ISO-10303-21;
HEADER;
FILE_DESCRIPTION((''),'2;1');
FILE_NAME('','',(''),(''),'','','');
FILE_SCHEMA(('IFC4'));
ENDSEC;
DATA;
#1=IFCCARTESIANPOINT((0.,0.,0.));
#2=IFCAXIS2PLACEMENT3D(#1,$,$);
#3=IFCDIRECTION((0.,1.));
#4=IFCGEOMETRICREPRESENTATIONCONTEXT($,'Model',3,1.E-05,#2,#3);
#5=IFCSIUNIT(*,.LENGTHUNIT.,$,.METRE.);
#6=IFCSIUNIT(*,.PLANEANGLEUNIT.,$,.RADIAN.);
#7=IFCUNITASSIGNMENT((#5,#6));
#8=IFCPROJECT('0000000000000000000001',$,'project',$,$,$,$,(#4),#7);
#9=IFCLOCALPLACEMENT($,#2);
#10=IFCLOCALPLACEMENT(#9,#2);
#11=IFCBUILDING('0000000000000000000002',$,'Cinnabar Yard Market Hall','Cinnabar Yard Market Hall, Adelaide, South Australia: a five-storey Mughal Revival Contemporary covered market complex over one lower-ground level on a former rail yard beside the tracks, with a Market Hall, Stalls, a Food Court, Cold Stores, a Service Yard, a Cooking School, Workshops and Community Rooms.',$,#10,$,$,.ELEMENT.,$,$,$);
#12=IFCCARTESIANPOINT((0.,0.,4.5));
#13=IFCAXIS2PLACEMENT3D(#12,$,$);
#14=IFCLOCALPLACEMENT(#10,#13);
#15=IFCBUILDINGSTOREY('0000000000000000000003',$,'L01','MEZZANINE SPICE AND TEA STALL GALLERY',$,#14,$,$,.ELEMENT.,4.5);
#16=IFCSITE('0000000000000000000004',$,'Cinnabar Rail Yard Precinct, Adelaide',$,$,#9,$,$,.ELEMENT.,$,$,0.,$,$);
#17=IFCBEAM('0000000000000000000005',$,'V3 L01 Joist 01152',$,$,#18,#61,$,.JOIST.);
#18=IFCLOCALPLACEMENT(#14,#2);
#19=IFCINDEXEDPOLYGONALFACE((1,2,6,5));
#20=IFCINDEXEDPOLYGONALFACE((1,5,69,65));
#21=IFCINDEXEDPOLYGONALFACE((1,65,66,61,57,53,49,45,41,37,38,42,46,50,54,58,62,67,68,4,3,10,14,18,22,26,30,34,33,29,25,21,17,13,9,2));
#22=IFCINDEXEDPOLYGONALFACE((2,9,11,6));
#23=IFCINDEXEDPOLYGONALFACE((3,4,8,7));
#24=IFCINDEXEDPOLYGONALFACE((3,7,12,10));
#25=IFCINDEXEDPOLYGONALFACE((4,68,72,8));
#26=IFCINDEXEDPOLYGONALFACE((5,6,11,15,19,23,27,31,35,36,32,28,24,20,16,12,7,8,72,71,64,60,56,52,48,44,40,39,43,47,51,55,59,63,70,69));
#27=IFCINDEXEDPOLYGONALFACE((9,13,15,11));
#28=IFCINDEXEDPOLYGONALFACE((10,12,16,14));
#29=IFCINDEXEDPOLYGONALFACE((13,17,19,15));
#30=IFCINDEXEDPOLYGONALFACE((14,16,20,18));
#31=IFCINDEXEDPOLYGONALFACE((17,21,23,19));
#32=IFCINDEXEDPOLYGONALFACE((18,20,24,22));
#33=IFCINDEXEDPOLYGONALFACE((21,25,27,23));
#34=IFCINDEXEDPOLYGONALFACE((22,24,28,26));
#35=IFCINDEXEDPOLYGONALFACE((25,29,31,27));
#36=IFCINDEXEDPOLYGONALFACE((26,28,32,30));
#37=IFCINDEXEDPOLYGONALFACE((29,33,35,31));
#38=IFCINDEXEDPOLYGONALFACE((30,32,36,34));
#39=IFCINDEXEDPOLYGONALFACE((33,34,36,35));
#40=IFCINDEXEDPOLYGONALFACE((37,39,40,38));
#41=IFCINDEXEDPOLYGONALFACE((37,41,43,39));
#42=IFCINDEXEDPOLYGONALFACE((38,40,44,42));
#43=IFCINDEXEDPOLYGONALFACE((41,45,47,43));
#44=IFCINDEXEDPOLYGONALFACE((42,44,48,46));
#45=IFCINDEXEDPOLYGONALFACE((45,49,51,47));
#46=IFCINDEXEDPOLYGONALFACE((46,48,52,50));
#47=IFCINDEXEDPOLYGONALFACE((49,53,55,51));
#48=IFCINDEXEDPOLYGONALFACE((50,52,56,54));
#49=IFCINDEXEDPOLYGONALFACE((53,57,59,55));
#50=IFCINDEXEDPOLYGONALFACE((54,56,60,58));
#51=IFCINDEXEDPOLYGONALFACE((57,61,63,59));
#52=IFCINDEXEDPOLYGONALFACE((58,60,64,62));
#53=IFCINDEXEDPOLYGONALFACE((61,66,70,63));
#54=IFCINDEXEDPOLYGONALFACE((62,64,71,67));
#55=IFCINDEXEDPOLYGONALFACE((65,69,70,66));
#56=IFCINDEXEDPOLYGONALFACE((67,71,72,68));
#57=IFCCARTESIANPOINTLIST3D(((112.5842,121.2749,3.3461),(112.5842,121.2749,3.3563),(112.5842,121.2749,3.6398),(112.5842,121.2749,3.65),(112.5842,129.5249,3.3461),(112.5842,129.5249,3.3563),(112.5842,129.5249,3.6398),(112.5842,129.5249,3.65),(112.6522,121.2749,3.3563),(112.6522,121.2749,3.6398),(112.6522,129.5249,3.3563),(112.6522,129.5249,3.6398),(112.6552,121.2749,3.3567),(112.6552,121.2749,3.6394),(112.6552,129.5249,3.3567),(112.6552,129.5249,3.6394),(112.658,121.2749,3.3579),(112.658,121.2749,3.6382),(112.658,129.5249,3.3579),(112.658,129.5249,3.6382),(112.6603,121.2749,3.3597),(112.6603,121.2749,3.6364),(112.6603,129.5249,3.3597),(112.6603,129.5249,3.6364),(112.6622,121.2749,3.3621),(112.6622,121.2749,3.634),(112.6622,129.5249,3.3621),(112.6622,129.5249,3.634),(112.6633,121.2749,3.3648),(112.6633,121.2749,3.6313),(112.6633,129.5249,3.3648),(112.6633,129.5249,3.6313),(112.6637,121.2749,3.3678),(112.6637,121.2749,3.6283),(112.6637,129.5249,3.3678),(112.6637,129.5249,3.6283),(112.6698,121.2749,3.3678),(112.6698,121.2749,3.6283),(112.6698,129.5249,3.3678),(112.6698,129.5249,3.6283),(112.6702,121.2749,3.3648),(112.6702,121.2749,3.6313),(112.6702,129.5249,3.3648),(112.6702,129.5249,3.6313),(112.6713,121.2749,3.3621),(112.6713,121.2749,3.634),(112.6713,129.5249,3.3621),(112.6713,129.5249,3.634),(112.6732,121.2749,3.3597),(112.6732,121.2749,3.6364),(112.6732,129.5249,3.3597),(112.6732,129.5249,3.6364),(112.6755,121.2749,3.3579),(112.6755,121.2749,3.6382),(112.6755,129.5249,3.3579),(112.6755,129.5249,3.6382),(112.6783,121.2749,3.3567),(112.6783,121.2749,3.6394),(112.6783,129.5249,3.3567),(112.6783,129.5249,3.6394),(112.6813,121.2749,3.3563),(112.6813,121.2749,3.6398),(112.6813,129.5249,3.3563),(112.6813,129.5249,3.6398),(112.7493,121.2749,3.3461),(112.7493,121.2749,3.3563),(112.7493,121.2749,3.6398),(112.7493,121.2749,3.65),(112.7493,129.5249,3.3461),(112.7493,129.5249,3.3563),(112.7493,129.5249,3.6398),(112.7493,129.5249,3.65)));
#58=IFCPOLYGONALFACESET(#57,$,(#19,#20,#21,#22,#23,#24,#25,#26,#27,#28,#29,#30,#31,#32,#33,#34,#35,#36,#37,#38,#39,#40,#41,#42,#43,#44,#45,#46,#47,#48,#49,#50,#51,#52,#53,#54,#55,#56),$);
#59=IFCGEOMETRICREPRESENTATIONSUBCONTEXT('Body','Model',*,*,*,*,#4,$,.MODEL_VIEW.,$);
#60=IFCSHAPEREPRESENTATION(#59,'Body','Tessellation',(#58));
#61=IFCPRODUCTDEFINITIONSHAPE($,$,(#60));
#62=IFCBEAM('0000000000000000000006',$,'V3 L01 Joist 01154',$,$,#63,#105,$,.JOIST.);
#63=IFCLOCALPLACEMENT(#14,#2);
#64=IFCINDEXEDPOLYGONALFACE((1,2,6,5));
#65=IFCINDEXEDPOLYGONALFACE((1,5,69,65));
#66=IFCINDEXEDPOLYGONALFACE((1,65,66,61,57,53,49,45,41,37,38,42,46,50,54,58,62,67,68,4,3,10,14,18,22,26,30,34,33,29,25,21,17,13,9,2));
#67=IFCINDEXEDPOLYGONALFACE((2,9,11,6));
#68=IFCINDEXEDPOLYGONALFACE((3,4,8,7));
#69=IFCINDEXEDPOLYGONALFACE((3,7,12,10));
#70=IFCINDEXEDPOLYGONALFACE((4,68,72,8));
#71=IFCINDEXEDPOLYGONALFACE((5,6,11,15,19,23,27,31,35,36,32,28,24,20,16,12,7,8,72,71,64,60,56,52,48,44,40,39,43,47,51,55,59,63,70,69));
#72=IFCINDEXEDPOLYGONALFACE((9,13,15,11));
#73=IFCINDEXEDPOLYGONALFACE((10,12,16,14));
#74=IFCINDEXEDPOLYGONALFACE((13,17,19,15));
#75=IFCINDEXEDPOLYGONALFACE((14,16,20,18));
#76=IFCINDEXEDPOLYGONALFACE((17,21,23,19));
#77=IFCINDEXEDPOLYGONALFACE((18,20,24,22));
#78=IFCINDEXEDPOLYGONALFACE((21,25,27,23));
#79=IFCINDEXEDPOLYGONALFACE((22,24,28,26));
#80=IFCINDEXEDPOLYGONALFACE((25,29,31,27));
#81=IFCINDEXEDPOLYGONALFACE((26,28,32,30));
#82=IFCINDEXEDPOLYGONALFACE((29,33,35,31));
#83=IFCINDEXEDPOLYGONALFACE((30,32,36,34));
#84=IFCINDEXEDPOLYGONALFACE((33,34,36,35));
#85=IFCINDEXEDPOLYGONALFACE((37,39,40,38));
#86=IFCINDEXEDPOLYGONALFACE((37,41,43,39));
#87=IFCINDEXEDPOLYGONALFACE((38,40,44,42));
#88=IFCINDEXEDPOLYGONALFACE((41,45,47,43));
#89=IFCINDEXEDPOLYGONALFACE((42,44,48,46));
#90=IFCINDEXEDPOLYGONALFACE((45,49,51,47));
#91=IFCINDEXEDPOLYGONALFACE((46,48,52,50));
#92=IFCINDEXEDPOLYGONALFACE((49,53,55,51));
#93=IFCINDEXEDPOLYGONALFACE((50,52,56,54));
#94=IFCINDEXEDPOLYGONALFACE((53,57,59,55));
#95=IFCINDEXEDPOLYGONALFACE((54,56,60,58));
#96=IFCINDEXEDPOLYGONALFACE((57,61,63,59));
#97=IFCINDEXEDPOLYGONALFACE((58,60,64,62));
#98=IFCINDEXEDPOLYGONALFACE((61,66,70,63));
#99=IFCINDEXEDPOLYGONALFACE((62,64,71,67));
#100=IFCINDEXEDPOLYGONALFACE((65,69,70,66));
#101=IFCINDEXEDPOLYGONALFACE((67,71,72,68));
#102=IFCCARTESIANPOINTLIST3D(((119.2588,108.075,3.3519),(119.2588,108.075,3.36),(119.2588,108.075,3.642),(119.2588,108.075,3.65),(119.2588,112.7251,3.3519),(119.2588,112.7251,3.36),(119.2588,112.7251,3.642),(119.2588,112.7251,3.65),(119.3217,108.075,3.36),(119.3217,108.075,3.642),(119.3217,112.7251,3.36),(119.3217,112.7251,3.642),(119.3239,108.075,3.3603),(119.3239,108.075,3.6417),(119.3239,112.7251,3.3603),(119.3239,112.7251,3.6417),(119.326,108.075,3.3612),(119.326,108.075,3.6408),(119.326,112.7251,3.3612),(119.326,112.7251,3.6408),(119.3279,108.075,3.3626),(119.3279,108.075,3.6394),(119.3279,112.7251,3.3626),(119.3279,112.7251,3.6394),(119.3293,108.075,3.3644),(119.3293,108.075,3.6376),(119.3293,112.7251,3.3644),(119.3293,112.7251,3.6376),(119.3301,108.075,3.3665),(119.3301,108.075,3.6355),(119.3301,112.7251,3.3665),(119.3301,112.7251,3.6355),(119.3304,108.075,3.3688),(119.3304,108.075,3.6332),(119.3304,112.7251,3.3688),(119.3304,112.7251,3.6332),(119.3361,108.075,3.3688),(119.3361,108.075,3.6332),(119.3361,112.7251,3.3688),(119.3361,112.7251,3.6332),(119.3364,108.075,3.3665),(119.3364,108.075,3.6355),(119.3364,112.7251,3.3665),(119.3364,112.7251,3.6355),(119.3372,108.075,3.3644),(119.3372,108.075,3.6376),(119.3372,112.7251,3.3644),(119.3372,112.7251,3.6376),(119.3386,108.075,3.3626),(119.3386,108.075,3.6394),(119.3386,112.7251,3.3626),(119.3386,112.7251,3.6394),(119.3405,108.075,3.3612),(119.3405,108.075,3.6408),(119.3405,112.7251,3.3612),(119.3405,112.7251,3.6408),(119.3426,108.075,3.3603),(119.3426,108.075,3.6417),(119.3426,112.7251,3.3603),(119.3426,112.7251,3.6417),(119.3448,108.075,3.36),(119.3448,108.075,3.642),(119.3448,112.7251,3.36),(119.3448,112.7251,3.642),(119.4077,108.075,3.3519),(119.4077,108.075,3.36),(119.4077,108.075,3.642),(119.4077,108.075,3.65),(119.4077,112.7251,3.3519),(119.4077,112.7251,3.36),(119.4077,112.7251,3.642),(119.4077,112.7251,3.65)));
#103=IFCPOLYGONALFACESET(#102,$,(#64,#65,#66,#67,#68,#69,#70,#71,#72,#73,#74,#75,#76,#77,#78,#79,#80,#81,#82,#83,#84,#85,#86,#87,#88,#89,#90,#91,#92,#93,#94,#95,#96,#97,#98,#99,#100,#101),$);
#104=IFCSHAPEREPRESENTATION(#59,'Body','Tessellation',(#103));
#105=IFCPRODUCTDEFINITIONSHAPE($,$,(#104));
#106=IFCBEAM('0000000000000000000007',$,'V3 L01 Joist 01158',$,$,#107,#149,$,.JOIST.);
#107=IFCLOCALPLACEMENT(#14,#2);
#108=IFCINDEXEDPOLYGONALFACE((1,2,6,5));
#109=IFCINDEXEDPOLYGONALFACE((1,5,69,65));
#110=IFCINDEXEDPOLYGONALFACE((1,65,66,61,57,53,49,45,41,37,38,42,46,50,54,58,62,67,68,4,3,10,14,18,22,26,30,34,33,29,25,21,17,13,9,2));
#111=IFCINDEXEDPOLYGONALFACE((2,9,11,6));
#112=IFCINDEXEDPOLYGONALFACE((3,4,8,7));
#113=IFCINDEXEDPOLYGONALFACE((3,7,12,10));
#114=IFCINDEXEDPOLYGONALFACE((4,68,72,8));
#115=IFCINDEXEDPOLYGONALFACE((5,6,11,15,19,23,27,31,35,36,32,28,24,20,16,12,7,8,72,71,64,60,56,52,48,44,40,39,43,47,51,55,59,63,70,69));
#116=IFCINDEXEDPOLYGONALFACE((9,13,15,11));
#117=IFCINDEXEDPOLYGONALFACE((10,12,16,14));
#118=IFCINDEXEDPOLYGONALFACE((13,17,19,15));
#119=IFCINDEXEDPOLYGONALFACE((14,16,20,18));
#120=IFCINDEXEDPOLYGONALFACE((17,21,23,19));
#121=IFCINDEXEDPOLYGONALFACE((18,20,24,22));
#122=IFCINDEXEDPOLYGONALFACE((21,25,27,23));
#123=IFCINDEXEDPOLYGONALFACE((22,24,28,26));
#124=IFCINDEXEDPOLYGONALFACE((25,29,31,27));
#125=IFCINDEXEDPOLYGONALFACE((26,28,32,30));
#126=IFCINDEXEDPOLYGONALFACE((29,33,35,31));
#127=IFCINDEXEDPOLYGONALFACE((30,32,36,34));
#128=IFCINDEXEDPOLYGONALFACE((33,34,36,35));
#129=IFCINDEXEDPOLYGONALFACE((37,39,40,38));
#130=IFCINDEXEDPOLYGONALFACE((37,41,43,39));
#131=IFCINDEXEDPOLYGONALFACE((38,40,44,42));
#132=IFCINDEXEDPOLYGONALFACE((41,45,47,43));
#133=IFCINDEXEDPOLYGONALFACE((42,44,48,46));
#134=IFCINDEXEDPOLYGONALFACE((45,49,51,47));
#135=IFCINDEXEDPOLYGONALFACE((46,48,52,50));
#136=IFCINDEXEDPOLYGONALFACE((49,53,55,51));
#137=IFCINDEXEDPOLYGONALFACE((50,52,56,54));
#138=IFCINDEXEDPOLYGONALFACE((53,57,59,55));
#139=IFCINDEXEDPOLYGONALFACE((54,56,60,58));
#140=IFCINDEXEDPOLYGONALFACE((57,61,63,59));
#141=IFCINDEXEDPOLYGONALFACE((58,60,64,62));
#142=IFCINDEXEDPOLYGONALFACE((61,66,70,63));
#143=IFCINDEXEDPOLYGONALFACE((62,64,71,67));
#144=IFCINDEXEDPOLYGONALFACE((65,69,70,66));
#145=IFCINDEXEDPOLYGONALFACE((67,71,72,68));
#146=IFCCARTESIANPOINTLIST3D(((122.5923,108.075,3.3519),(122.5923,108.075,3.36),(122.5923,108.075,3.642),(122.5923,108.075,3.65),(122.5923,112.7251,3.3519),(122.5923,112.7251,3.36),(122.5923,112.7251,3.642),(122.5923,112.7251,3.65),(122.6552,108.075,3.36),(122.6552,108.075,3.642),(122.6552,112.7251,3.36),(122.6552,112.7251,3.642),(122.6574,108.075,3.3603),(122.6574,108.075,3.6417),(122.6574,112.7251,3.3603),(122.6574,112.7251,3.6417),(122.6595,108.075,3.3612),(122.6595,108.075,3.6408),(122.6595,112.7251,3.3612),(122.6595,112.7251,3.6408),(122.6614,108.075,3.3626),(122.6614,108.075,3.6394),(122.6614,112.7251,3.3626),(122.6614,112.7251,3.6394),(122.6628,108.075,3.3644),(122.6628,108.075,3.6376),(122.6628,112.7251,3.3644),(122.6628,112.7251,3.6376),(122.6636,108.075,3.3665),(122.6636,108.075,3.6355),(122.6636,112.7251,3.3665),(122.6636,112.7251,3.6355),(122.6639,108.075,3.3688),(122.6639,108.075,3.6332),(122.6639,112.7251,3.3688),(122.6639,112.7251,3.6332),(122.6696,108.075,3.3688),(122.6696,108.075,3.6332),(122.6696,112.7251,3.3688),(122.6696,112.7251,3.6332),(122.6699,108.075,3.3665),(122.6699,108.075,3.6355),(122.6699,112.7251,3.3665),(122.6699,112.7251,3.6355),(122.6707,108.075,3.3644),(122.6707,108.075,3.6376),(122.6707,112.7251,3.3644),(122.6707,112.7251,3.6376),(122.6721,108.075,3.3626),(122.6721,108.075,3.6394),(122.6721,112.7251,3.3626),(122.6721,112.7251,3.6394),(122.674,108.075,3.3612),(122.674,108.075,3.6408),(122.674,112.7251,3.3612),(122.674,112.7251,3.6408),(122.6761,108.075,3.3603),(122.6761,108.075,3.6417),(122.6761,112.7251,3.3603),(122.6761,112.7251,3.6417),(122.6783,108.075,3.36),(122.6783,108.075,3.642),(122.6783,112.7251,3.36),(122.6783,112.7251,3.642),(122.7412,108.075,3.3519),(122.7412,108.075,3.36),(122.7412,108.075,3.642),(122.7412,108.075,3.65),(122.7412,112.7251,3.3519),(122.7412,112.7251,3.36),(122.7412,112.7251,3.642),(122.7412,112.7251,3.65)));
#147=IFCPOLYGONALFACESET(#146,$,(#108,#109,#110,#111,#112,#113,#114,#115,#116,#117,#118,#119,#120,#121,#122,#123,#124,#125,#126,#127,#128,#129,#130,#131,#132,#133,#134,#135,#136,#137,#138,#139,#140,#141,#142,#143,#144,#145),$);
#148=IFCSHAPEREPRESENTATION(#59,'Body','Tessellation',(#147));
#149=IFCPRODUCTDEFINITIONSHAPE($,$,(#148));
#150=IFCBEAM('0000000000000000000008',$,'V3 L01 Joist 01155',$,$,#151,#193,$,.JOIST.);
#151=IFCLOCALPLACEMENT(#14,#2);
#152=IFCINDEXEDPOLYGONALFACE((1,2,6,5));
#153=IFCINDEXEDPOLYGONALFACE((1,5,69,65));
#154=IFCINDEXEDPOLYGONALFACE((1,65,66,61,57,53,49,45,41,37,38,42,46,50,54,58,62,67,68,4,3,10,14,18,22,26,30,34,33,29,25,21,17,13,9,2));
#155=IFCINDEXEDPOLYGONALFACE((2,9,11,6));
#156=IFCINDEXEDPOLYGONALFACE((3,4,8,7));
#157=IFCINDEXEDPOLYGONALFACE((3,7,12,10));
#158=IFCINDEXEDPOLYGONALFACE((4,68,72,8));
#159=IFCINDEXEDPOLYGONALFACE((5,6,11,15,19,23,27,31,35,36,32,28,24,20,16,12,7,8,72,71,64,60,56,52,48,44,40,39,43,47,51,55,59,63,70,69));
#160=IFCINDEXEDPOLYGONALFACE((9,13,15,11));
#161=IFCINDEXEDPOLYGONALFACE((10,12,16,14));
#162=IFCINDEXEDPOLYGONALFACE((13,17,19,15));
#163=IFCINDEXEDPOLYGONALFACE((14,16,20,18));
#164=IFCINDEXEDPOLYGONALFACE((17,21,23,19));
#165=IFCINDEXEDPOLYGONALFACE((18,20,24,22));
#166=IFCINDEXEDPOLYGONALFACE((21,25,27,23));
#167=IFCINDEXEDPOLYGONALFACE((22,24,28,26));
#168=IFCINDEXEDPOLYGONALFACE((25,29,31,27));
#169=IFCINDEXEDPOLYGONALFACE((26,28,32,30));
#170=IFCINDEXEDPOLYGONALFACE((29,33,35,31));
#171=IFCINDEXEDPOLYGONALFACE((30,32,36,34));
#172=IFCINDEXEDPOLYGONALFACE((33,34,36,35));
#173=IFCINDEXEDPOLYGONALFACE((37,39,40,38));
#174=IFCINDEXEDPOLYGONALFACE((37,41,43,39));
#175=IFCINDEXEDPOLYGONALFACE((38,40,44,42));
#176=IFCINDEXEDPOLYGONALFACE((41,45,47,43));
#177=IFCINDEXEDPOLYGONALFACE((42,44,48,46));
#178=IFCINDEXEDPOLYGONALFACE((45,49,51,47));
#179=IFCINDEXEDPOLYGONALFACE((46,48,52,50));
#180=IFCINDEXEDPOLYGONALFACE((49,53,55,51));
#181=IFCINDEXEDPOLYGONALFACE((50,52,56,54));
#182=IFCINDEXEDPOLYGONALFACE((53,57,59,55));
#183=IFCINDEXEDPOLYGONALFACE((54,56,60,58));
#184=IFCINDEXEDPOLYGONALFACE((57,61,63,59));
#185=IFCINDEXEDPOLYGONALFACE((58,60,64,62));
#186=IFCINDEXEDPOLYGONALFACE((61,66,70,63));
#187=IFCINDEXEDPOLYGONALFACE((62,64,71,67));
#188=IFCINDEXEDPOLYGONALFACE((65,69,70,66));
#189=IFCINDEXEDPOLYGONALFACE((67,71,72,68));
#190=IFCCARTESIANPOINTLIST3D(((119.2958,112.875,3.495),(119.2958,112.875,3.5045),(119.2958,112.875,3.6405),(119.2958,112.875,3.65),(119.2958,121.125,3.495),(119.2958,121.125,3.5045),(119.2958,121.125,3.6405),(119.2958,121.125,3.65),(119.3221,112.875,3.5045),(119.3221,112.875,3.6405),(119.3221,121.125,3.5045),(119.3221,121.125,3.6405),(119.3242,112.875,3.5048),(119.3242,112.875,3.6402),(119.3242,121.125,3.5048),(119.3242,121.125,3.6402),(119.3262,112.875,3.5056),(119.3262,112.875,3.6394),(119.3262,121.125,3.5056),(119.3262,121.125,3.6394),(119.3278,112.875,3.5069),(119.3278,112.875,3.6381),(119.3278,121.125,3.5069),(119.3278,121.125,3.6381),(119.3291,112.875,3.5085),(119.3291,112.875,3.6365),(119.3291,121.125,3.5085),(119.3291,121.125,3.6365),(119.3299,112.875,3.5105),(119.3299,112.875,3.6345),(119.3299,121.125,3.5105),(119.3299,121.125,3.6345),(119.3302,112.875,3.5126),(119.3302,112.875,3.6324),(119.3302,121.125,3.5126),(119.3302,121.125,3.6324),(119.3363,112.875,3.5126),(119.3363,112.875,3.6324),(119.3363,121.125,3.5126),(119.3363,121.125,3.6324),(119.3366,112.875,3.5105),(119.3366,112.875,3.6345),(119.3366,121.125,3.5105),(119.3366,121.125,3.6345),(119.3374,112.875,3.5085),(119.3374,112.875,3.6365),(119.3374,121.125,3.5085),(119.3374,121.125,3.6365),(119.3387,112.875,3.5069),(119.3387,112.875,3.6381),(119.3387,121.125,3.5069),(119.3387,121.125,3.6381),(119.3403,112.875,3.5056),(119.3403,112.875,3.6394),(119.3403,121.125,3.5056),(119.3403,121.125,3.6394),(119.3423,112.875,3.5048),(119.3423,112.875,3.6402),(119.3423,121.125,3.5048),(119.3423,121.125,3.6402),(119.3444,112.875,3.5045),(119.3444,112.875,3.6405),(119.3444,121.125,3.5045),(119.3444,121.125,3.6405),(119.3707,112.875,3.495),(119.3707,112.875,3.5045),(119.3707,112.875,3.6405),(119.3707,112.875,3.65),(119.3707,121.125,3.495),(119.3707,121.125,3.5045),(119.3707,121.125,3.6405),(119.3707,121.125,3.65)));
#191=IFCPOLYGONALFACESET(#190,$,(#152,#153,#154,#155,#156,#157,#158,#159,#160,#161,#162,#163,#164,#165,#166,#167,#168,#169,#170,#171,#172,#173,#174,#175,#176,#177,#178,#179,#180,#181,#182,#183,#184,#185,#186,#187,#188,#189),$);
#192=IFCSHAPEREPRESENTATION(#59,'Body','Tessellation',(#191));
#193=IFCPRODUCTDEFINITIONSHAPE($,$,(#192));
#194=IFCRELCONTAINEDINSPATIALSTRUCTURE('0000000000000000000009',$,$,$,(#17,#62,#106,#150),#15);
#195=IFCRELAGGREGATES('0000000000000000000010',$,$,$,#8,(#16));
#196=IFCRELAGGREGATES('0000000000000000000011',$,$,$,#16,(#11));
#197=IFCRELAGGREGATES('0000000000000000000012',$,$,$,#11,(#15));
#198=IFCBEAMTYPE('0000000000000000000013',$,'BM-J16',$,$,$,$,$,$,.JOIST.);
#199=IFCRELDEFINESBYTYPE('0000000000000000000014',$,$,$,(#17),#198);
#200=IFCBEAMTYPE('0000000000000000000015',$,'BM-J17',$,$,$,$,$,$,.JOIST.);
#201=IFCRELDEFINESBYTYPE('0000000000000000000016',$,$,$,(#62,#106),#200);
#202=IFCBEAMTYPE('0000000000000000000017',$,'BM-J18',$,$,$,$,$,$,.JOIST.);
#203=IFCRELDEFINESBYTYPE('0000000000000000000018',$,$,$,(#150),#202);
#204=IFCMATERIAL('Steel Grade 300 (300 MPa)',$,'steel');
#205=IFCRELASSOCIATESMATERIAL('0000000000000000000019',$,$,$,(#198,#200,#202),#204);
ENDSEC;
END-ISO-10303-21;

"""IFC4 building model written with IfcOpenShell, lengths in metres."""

from ifc_helpers import new_model, si_unit, direction, frame, origin, origin_2d_with_axis, place, context, subcontext, project, spatial, i_section, extrude, material, material_profile, profile_set, type_object, element, save


model = new_model("IFC4")

# Units and contexts
model_context = context("Model", 3, precision=1e-05, world=origin(), true_north=direction((0.0, 1.0)))
body_context = subcontext(model_context, "Body", "Model", "MODEL_VIEW")
ifc_project = project(units=[si_unit("LENGTHUNIT", "METRE"), si_unit("PLANEANGLEUNIT", "RADIAN")], contexts=[model_context])

# Site, building, storey
site_placement = place(None, origin())
site = spatial("IfcSite", under=ifc_project, at=site_placement, Name="Cinnabar Rail Yard Precinct, Adelaide", CompositionType="ELEMENT", RefElevation=0.0)
building_placement = place(site_placement, origin())
building = spatial("IfcBuilding", under=site, at=building_placement, Name="Cinnabar Yard Market Hall", Description="Cinnabar Yard Market Hall, Adelaide, South Australia: a five-storey Mughal Revival Contemporary covered market complex over one lower-ground level on a former rail yard beside the tracks, with a Market Hall, Stalls, a Food Court, Cold Stores, a Service Yard, a Cooking School, Workshops and Community Rooms.", CompositionType="ELEMENT")
storey_placement = place(building_placement, frame((0.0, 0.0, 4.5)))
storey = spatial("IfcBuildingStorey", under=building, at=storey_placement, Name="L01", Description="MEZZANINE SPICE AND TEA STALL GALLERY", CompositionType="ELEMENT", Elevation=4.5)

# Shared definitions
ifc_material_1 = material(Name="Steel Grade 300 (300 MPa)", Category="steel")

# Beams
ifc_material_profile_1 = material_profile(ifc_material_1, i_section(OverallWidth=0.165, OverallDepth=0.304, WebThickness=0.0061, FlangeThickness=0.0103, FilletRadius=0.0115, at=origin_2d_with_axis()), Name="310UB40.4")
ifc_profile_set_1 = profile_set([ifc_material_profile_1], Name="Steel Grade 300 (300 MPa)")
beam_type_1 = type_object("IfcBeamType", Name="BM-J16", PredefinedType="JOIST", material=ifc_profile_set_1)
beam_1_placement = place(storey_placement, frame((112.6667, 121.2749, 3.498), z_axis=(0.0, 1.0, 0.0), x_axis=(-1.0, 0.0, 0.0)))
element("IfcBeam", 1, at=beam_1_placement, inside=storey, type_object=beam_type_1, Name="V3 L01 Joist 01152", PredefinedType="JOIST", context=body_context, shape_type="SweptSolid", body=[
    extrude(i_section(OverallWidth=0.165, OverallDepth=0.304, WebThickness=0.0061, FlangeThickness=0.0103, FilletRadius=0.0115, at=origin_2d_with_axis()), origin(), (0.0, 0.0, 1.0), 8.25),
])
ifc_material_profile_2 = material_profile(ifc_material_1, i_section(OverallWidth=0.1489, OverallDepth=0.2981, WebThickness=0.0056, FlangeThickness=0.0081, FilletRadius=0.0088, at=origin_2d_with_axis()), Name="310UB32.0")
ifc_profile_set_2 = profile_set([ifc_material_profile_2], Name="Steel Grade 300 (300 MPa)")
beam_type_2 = type_object("IfcBeamType", Name="BM-J17", PredefinedType="JOIST", material=ifc_profile_set_2)
for number, where, z_axis, x_axis, name in (
    (2, (119.3333, 108.075, 3.501), (0.0, 1.0, 0.0), (-1.0, 0.0, 0.0), "V3 L01 Joist 01154"),
    (3, (122.6667, 108.075, 3.501), (0.0, 1.0, 0.0), (-1.0, 0.0, 0.0), "V3 L01 Joist 01158"),
):
    element("IfcBeam", number, at=place(storey_placement, frame(where, z_axis=z_axis, x_axis=x_axis)), inside=storey, type_object=beam_type_2, Name=name, PredefinedType="JOIST", context=body_context, shape_type="SweptSolid", body=[
        extrude(i_section(OverallWidth=0.1489, OverallDepth=0.2981, WebThickness=0.0056, FlangeThickness=0.0081, FilletRadius=0.0088, at=origin_2d_with_axis()), origin(), (0.0, 0.0, 1.0), 4.6501),
    ])
ifc_material_profile_3 = material_profile(ifc_material_1, i_section(OverallWidth=0.075, OverallDepth=0.155, WebThickness=0.0061, FlangeThickness=0.0095, FilletRadius=0.0081, at=origin_2d_with_axis()), Name="150UB18.0")
ifc_profile_set_3 = profile_set([ifc_material_profile_3], Name="Steel Grade 300 (300 MPa)")
beam_type_3 = type_object("IfcBeamType", Name="BM-J18", PredefinedType="JOIST", material=ifc_profile_set_3)
for number, where, z_axis, x_axis, name in (
    (4, (119.3333, 112.875, 3.5725), (0.0, 1.0, 0.0), (-1.0, 0.0, 0.0), "V3 L01 Joist 01155"),
):
    element("IfcBeam", number, at=place(storey_placement, frame(where, z_axis=z_axis, x_axis=x_axis)), inside=storey, type_object=beam_type_3, Name=name, PredefinedType="JOIST", context=body_context, shape_type="SweptSolid", body=[
        extrude(i_section(OverallWidth=0.075, OverallDepth=0.155, WebThickness=0.0061, FlangeThickness=0.0095, FilletRadius=0.0081, at=origin_2d_with_axis()), origin(), (0.0, 0.0, 1.0), 8.25),
    ])

save(model, "model.ifc")
